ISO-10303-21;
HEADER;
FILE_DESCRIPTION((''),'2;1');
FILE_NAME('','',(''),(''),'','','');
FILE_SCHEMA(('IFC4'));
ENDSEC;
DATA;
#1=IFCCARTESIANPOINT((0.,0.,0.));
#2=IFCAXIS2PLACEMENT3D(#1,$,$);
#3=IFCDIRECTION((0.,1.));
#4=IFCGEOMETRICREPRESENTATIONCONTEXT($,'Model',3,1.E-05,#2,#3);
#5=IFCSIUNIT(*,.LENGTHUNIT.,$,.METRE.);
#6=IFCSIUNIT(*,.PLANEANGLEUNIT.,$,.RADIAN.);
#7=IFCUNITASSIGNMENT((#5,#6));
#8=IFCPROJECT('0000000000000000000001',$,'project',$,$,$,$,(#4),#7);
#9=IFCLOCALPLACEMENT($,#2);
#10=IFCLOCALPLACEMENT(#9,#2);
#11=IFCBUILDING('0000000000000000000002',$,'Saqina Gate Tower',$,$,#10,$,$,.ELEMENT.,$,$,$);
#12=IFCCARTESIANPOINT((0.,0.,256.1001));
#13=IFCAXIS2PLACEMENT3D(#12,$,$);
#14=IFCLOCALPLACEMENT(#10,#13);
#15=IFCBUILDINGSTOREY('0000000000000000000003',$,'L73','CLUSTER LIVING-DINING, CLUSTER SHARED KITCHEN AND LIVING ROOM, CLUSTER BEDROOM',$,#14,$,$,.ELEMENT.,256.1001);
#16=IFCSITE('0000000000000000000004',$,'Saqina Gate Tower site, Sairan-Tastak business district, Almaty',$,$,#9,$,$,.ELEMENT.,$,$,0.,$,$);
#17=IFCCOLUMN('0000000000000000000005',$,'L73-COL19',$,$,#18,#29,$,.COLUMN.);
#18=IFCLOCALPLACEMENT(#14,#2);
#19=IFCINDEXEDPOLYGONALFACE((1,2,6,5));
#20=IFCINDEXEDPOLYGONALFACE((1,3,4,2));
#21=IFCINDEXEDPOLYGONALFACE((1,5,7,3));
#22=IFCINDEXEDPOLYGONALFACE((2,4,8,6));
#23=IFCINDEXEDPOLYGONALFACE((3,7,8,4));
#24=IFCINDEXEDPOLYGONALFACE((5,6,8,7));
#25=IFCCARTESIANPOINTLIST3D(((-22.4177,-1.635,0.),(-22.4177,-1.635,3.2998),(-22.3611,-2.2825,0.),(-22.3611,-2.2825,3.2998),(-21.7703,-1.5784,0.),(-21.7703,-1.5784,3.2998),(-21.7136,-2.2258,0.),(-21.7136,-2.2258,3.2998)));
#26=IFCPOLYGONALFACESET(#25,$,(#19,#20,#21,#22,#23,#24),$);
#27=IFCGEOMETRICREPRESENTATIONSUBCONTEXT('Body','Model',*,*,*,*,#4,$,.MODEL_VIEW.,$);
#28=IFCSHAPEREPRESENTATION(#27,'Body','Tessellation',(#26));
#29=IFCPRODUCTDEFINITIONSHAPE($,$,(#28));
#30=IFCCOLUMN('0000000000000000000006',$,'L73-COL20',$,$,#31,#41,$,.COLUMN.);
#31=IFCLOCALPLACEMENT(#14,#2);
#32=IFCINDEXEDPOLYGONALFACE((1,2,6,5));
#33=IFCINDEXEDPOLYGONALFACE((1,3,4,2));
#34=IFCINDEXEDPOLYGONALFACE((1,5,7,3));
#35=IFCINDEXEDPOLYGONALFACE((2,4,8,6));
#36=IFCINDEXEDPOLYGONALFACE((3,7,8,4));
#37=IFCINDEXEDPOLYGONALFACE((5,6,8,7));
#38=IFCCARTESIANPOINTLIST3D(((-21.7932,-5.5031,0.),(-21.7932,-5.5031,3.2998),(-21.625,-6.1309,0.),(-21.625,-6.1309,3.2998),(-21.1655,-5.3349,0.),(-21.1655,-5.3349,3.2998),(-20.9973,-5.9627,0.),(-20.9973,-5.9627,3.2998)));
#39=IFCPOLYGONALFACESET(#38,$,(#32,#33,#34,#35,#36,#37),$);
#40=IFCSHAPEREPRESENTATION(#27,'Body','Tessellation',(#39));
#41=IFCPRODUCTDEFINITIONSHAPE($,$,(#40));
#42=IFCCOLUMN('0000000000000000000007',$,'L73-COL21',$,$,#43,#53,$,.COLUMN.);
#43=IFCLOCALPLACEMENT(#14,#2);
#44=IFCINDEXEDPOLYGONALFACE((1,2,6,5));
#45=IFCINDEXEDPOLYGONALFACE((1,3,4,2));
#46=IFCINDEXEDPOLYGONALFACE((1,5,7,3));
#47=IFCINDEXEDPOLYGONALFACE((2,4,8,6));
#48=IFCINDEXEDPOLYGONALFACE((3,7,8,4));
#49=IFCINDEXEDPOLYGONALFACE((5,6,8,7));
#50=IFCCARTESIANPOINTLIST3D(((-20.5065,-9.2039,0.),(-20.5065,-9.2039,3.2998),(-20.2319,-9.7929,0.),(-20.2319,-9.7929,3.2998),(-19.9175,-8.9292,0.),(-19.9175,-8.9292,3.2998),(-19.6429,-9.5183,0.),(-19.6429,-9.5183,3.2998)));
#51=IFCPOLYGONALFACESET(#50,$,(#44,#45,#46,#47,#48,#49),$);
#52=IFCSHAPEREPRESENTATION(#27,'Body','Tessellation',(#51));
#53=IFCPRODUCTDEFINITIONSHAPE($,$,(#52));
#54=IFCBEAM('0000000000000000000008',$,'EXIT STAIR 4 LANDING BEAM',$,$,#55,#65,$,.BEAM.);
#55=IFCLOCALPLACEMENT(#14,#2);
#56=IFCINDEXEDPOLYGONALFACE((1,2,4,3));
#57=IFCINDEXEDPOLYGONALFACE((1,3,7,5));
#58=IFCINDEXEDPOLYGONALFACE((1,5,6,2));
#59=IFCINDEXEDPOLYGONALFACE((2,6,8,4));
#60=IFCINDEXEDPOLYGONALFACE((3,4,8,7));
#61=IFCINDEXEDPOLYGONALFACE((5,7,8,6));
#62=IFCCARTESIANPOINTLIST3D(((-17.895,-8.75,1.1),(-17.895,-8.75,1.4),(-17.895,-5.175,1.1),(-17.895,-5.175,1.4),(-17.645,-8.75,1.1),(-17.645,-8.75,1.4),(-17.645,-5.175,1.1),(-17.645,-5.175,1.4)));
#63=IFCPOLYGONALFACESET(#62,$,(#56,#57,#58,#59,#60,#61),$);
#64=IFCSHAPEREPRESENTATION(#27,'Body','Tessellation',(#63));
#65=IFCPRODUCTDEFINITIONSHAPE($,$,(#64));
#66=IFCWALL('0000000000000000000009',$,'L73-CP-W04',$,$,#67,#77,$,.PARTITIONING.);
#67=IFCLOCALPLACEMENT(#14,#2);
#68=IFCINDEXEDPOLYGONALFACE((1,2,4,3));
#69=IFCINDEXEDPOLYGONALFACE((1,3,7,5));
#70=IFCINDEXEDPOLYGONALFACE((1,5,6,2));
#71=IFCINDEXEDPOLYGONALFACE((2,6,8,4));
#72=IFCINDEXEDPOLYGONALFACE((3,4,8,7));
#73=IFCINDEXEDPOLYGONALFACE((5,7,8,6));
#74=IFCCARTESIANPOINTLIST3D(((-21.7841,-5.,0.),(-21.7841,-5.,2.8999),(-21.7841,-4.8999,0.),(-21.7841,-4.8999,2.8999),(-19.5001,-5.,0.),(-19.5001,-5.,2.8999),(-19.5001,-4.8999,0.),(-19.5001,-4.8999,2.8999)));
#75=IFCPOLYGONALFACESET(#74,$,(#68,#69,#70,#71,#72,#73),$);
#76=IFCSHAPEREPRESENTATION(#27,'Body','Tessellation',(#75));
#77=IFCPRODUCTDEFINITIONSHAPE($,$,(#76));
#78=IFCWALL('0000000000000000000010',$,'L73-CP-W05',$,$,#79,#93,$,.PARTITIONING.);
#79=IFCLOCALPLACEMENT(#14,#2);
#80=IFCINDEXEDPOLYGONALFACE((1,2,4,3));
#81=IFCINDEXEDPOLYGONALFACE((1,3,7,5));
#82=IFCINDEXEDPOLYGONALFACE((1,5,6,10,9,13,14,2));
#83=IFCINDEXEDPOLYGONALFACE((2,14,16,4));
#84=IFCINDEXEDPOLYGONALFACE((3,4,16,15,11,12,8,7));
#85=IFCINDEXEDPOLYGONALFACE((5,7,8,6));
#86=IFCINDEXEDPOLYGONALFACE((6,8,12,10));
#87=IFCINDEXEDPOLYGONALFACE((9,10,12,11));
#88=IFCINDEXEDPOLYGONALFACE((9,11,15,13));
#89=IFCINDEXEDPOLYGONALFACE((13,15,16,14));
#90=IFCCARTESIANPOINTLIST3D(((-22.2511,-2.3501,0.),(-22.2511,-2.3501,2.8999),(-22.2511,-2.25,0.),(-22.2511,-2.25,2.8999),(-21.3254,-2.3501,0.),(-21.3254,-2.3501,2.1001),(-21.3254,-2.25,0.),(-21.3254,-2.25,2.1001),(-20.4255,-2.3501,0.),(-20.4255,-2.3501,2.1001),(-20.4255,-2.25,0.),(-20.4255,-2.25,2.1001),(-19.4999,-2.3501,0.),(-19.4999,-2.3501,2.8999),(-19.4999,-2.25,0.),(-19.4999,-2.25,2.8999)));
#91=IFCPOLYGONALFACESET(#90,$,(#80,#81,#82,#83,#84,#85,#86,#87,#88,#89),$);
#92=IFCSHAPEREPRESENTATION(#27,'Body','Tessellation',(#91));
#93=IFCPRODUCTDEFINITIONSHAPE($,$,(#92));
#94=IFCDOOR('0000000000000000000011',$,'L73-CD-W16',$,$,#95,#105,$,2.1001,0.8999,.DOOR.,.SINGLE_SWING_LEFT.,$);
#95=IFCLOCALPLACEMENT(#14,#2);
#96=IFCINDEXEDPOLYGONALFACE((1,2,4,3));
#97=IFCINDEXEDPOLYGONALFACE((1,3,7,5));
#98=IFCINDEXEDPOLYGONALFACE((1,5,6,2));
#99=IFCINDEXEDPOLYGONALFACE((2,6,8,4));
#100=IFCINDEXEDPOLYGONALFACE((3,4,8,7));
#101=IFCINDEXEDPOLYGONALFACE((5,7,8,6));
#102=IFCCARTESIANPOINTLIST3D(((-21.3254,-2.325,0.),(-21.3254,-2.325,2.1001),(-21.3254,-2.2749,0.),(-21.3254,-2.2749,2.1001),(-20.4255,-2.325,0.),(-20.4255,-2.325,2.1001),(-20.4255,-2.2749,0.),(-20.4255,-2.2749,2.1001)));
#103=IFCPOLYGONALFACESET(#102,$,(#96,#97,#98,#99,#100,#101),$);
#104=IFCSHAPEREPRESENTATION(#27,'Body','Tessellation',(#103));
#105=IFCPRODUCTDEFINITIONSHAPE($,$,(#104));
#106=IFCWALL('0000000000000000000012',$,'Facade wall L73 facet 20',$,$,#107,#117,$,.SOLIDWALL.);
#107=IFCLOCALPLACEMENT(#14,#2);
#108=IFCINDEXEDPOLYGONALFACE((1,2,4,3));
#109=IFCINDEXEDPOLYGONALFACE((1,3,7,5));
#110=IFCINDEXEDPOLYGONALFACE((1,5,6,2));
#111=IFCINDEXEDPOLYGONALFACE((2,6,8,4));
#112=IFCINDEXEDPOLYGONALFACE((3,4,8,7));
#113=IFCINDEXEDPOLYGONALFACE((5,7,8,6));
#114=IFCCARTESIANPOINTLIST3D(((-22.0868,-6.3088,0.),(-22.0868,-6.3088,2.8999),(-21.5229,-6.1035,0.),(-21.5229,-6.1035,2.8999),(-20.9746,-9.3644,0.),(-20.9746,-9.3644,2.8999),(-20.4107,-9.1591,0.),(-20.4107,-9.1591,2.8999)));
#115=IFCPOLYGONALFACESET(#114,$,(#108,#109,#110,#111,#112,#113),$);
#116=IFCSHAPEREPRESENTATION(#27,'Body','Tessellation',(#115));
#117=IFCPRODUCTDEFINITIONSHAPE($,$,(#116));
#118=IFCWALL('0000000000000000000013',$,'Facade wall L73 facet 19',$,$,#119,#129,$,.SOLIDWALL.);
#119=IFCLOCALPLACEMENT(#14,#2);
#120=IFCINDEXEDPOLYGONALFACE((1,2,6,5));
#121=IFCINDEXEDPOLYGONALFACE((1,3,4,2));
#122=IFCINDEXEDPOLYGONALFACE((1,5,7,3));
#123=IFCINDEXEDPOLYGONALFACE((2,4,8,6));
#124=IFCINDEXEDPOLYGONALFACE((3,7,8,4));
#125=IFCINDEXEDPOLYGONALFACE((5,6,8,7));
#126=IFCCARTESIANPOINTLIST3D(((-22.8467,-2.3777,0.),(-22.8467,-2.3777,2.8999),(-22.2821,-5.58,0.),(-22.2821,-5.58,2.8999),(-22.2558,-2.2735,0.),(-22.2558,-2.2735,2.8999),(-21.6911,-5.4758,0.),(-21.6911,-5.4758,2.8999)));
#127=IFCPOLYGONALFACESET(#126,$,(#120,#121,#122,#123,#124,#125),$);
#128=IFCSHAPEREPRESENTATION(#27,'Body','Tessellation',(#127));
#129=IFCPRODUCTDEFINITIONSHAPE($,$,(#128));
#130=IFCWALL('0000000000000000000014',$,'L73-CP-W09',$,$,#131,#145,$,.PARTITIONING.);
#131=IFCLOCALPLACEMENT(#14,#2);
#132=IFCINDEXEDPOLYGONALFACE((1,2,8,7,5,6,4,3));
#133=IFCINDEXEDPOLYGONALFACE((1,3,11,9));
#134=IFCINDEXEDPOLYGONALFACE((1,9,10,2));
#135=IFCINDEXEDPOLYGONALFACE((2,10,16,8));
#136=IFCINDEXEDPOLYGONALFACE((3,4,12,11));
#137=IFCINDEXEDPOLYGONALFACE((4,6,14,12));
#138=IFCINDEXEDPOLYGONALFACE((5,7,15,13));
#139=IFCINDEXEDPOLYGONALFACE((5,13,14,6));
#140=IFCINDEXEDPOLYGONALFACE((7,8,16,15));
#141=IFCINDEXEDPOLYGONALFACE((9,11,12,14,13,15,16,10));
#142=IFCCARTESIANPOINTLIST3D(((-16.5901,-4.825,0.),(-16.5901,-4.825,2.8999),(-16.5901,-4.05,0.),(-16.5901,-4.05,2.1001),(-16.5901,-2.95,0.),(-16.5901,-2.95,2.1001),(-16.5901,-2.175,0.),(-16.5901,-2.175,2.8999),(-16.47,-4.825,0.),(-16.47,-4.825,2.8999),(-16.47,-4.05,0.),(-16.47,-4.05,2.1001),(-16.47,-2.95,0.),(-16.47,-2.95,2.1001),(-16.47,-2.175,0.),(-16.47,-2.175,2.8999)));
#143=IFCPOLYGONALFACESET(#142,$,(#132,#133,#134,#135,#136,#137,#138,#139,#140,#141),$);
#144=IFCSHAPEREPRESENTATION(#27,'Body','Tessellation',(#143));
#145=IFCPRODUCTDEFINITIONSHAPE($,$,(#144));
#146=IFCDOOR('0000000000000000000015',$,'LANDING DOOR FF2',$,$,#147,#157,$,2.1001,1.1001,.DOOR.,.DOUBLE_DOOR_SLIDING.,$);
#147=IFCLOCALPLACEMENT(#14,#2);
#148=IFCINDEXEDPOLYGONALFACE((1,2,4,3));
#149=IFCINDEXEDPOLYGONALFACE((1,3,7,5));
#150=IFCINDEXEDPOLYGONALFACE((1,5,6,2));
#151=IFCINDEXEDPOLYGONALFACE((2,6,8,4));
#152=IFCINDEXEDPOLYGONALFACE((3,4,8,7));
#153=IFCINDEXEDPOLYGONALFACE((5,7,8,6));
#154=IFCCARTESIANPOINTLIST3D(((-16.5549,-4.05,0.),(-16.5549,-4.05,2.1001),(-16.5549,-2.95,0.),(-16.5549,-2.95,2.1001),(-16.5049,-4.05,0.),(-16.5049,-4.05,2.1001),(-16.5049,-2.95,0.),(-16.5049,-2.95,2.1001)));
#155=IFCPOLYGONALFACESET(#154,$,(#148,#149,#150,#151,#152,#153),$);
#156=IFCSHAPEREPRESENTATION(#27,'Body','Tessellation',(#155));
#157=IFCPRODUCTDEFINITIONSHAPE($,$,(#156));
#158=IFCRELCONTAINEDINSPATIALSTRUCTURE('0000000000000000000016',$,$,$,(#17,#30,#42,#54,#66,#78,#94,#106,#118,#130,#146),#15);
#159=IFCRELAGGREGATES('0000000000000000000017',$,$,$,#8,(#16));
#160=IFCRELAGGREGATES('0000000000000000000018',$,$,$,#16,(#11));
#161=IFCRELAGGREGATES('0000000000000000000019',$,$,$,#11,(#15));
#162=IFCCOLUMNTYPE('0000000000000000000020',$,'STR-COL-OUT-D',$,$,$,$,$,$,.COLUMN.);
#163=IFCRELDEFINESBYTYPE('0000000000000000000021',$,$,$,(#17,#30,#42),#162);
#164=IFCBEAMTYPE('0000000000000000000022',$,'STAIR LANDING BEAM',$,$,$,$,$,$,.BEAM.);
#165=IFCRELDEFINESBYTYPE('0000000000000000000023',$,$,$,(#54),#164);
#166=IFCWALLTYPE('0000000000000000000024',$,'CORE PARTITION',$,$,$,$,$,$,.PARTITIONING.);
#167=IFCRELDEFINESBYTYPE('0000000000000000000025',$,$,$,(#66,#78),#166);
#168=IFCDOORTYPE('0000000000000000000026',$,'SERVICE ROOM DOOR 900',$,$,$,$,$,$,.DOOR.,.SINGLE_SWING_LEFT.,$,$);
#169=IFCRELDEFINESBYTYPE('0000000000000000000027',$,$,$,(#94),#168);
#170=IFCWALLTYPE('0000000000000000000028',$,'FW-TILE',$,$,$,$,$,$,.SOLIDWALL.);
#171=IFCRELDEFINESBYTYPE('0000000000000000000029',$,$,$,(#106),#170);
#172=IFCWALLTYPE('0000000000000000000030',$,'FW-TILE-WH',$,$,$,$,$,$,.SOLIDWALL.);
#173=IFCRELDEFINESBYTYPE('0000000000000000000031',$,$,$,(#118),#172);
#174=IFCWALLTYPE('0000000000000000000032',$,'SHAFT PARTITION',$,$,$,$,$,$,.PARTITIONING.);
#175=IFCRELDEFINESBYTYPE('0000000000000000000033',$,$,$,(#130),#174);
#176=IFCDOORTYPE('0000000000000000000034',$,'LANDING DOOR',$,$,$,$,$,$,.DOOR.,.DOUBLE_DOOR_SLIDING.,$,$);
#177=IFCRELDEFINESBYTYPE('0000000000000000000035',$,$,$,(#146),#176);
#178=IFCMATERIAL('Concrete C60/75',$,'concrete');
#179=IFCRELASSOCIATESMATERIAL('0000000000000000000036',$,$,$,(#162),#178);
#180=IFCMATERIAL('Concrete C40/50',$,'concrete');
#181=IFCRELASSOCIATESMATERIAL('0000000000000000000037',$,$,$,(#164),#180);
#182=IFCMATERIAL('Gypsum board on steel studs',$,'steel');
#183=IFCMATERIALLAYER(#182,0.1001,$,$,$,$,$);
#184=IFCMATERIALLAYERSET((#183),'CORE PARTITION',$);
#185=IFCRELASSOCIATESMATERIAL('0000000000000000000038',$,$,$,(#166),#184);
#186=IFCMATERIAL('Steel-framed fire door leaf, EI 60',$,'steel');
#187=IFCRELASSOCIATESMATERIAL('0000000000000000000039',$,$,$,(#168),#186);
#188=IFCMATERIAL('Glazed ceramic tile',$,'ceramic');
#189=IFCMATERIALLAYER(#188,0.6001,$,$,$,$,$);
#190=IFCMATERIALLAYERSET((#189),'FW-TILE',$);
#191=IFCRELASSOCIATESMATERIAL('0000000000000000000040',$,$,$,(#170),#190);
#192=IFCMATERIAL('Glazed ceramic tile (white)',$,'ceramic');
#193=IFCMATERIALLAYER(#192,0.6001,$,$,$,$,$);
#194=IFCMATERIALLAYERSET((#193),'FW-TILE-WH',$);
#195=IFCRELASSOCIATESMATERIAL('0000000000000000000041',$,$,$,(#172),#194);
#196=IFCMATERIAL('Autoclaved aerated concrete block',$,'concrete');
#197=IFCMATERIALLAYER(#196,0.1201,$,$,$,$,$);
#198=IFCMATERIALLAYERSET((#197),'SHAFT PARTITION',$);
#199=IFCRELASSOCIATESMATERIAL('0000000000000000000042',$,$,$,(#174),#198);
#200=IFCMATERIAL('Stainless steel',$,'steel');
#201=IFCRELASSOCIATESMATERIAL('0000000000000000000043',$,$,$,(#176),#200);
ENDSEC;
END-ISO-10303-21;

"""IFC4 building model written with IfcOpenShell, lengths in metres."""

from ifc_helpers import new_model, si_unit, direction, frame, frame_2d, origin, origin_2d, place, context, subcontext, project, spatial, rectangle, extrude, material, layer, layer_set, material_profile, profile_set, type_object, element, fill, save


model = new_model("IFC4")

# Units and contexts
model_context = context("Model", 3, precision=1e-05, world=origin(), true_north=direction((0.0, 1.0)))
body_context = subcontext(model_context, "Body", "Model", "MODEL_VIEW")
ifc_project = project(units=[si_unit("LENGTHUNIT", "METRE"), si_unit("PLANEANGLEUNIT", "RADIAN")], contexts=[model_context])

# Site, building, storey
site_placement = place(None, origin())
site = spatial("IfcSite", under=ifc_project, at=site_placement, Name="Saqina Gate Tower site, Sairan-Tastak business district, Almaty", CompositionType="ELEMENT", RefElevation=0.0)
building_placement = place(site_placement, origin())
building = spatial("IfcBuilding", under=site, at=building_placement, Name="Saqina Gate Tower", CompositionType="ELEMENT")
storey_placement = place(building_placement, frame((0.0, 0.0, 256.1001)))
storey = spatial("IfcBuildingStorey", under=building, at=storey_placement, Name="L73", Description="CLUSTER LIVING-DINING, CLUSTER SHARED KITCHEN AND LIVING ROOM, CLUSTER BEDROOM", CompositionType="ELEMENT", Elevation=256.1001)

# Columns
ifc_material_1 = material(Name="Concrete C60/75", Category="concrete")
ifc_material_profile_1 = material_profile(ifc_material_1, rectangle(XDim=0.6499, YDim=0.6499, at=origin_2d()), Name="RC 650x650")
ifc_profile_set_1 = profile_set([ifc_material_profile_1], Name="Concrete C60/75")
column_type = type_object("IfcColumnType", Name="STR-COL-OUT-D", PredefinedType="COLUMN", material=ifc_profile_set_1)
for number, where, z_axis, x_axis, name in (
    (1, (-22.0657, -1.9304, 0.0), (0.0, 0.0, 1.0), (-0.996195, -0.087156, 0.0), "L73-COL19"),
    (2, (-21.3953, -5.7329, 0.0), (0.0, 0.0, 1.0), (-0.965926, -0.258819, 0.0), "L73-COL20"),
    (3, (-20.0747, -9.3611, 0.0), (0.0, 0.0, 1.0), (-0.906308, -0.422618, 0.0), "L73-COL21"),
):
    element("IfcColumn", number, at=place(storey_placement, frame(where, z_axis=z_axis, x_axis=x_axis)), inside=storey, type_object=column_type, Name=name, PredefinedType="COLUMN", context=body_context, shape_type="SweptSolid", body=[
        extrude(rectangle(XDim=0.6499, YDim=0.6499, at=origin_2d()), origin(), (0.0, 0.0, 1.0), 3.2998),
    ])

# Beam
ifc_material_2 = material(Name="Concrete C40/50", Category="concrete")
ifc_material_profile_2 = material_profile(ifc_material_2, rectangle(XDim=0.25, YDim=0.3, at=origin_2d()), Name="STAIR LANDING BEAM")
ifc_profile_set_2 = profile_set([ifc_material_profile_2], Name="Concrete C40/50")
beam_type = type_object("IfcBeamType", Name="STAIR LANDING BEAM", PredefinedType="BEAM", material=ifc_profile_set_2)
beam_placement = place(storey_placement, frame((-17.77, -8.75, 1.25), z_axis=(0.0, 1.0, 0.0), x_axis=(-1.0, 0.0, 0.0)))
element("IfcBeam", 4, at=beam_placement, inside=storey, type_object=beam_type, Name="EXIT STAIR 4 LANDING BEAM", PredefinedType="BEAM", context=body_context, shape_type="SweptSolid", body=[
    extrude(rectangle(XDim=0.25, YDim=0.3, at=origin_2d()), origin(), (0.0, 0.0, 1.0), 3.575),
])

# Wall
ifc_material_3 = material(Name="Gypsum board on steel studs", Category="steel")
ifc_layer_1 = layer(ifc_material_3, 0.1001)
ifc_layer_set_1 = layer_set([ifc_layer_1], Name="CORE PARTITION")
wall_type_1 = type_object("IfcWallType", Name="CORE PARTITION", PredefinedType="PARTITIONING", material=ifc_layer_set_1)
wall_1_placement = place(storey_placement, frame((-19.5, -4.95, 0.0), z_axis=(0.0, 0.0, 1.0), x_axis=(-1.0, 0.0, 0.0)))
element("IfcWall", 5, at=wall_1_placement, inside=storey, type_object=wall_type_1, Name="L73-CP-W04", PredefinedType="PARTITIONING", context=body_context, shape_type="SweptSolid", body=[
    extrude(rectangle(XDim=2.2839, YDim=0.1001, at=frame_2d((1.1421, 0.0))), origin(), (0.0, 0.0, 1.0), 2.8999),
])

# Wall, opening, door
wall_2_placement = place(storey_placement, frame((-19.5, -2.3, 0.0), z_axis=(0.0, 0.0, 1.0), x_axis=(-1.0, 0.0, 0.0)))
wall_2 = element("IfcWall", 6, at=wall_2_placement, inside=storey, type_object=wall_type_1, Name="L73-CP-W05", PredefinedType="PARTITIONING", context=body_context, shape_type="SweptSolid", body=[
    extrude(rectangle(XDim=2.7512, YDim=0.1001, at=frame_2d((1.3755, 0.0))), origin(), (0.0, 0.0, 1.0), 2.8999),
])
opening_1_placement = place(wall_2_placement, frame((0.9255, 0.0, 0.0)))
opening_1 = element("IfcOpeningElement", 7, at=opening_1_placement, cuts=wall_2, PredefinedType="OPENING", context=body_context, shape_type="SweptSolid", body=[
    extrude(rectangle(XDim=0.8999, YDim=2.1001, at=frame_2d((0.45, 1.05))), frame((0.0, 0.062, 0.0), z_axis=(0.0, -1.0, 0.0), x_axis=(1.0, 0.0, 0.0)), (0.0, 0.0, 1.0), 0.124),
])
ifc_material_4 = material(Name="Steel-framed fire door leaf, EI 60", Category="steel")
door_type_1 = type_object("IfcDoorType", Name="SERVICE ROOM DOOR 900", OperationType="SINGLE_SWING_LEFT", PredefinedType="DOOR", material=ifc_material_4)
door_1_placement = place(opening_1_placement, origin())
door_1 = element("IfcDoor", 8, at=door_1_placement, inside=storey, type_object=door_type_1, Name="L73-CD-W16", OperationType="SINGLE_SWING_LEFT", OverallHeight=2.1001, OverallWidth=0.8999, PredefinedType="DOOR", context=body_context, shape_type="SweptSolid", body=[
    extrude(rectangle(XDim=0.8999, YDim=2.1001, at=frame_2d((0.45, 1.05))), frame((0.0, 0.0249, 0.0), z_axis=(0.0, -1.0, 0.0), x_axis=(1.0, 0.0, 0.0)), (0.0, 0.0, 1.0), 0.05),
])
fill(opening_1, door_1)

# Walls
ifc_material_5 = material(Name="Glazed ceramic tile", Category="ceramic")
ifc_layer_2 = layer(ifc_material_5, 0.6001)
ifc_layer_set_2 = layer_set([ifc_layer_2], Name="FW-TILE")
wall_type_2 = type_object("IfcWallType", Name="FW-TILE", PredefinedType="SOLIDWALL", material=ifc_layer_set_2)
wall_3_placement = place(storey_placement, frame((-21.8049, -6.2061, 0.0), z_axis=(0.0, 0.0, 1.0), x_axis=(0.342057, -0.939679, 0.0)))
element("IfcWall", 9, at=wall_3_placement, inside=storey, type_object=wall_type_2, Name="Facade wall L73 facet 20", PredefinedType="SOLIDWALL", context=body_context, shape_type="SweptSolid", body=[
    extrude(rectangle(XDim=3.2517, YDim=0.6001, at=frame_2d((1.626, 0.0))), origin(), (0.0, 0.0, 1.0), 2.8999),
])
ifc_material_6 = material(Name="Glazed ceramic tile (white)", Category="ceramic")
ifc_layer_3 = layer(ifc_material_6, 0.6001)
ifc_layer_set_3 = layer_set([ifc_layer_3], Name="FW-TILE-WH")
wall_type_3 = type_object("IfcWallType", Name="FW-TILE-WH", PredefinedType="SOLIDWALL", material=ifc_layer_set_3)
wall_4_placement = place(storey_placement, frame((-22.5513, -2.3254, 0.0), z_axis=(0.0, 0.0, 1.0), x_axis=(0.173657, -0.984806, 0.0)))
element("IfcWall", 10, at=wall_4_placement, inside=storey, type_object=wall_type_3, Name="Facade wall L73 facet 19", PredefinedType="SOLIDWALL", context=body_context, shape_type="SweptSolid", body=[
    extrude(rectangle(XDim=3.2517, YDim=0.6001, at=frame_2d((1.626, 0.0))), origin(), (0.0, 0.0, 1.0), 2.8999),
])

# Wall, opening, door
ifc_material_7 = material(Name="Autoclaved aerated concrete block", Category="concrete")
ifc_layer_4 = layer(ifc_material_7, 0.1201)
ifc_layer_set_4 = layer_set([ifc_layer_4], Name="SHAFT PARTITION")
wall_type_4 = type_object("IfcWallType", Name="SHAFT PARTITION", PredefinedType="PARTITIONING", material=ifc_layer_set_4)
wall_5_placement = place(storey_placement, frame((-16.53, -4.825, 0.0), z_axis=(0.0, 0.0, 1.0), x_axis=(0.0, 1.0, 0.0)))
wall_5 = element("IfcWall", 11, at=wall_5_placement, inside=storey, type_object=wall_type_4, Name="L73-CP-W09", PredefinedType="PARTITIONING", context=body_context, shape_type="SweptSolid", body=[
    extrude(rectangle(XDim=2.6499, YDim=0.1201, at=frame_2d((1.325, 0.0))), origin(), (0.0, 0.0, 1.0), 2.8999),
])
opening_2_placement = place(wall_5_placement, frame((0.7749, 0.0, 0.0)))
opening_2 = element("IfcOpeningElement", 12, at=opening_2_placement, cuts=wall_5, PredefinedType="OPENING", context=body_context, shape_type="SweptSolid", body=[
    extrude(rectangle(XDim=1.1001, YDim=2.1001, at=frame_2d((0.55, 1.05))), frame((0.0, 0.072, 0.0), z_axis=(0.0, -1.0, 0.0), x_axis=(1.0, 0.0, 0.0)), (0.0, 0.0, 1.0), 0.144),
])
ifc_material_8 = material(Name="Stainless steel", Category="steel")
door_type_2 = type_object("IfcDoorType", Name="LANDING DOOR", OperationType="DOUBLE_DOOR_SLIDING", PredefinedType="DOOR", material=ifc_material_8)
door_2_placement = place(opening_2_placement, origin())
door_2 = element("IfcDoor", 13, at=door_2_placement, inside=storey, type_object=door_type_2, Name="LANDING DOOR FF2", OperationType="DOUBLE_DOOR_SLIDING", OverallHeight=2.1001, OverallWidth=1.1001, PredefinedType="DOOR", context=body_context, shape_type="SweptSolid", body=[
    extrude(rectangle(XDim=1.1001, YDim=2.1001, at=frame_2d((0.55, 1.05))), frame((0.0, 0.0249, 0.0), z_axis=(0.0, -1.0, 0.0), x_axis=(1.0, 0.0, 0.0)), (0.0, 0.0, 1.0), 0.05),
])
fill(opening_2, door_2)

save(model, "model.ifc")
